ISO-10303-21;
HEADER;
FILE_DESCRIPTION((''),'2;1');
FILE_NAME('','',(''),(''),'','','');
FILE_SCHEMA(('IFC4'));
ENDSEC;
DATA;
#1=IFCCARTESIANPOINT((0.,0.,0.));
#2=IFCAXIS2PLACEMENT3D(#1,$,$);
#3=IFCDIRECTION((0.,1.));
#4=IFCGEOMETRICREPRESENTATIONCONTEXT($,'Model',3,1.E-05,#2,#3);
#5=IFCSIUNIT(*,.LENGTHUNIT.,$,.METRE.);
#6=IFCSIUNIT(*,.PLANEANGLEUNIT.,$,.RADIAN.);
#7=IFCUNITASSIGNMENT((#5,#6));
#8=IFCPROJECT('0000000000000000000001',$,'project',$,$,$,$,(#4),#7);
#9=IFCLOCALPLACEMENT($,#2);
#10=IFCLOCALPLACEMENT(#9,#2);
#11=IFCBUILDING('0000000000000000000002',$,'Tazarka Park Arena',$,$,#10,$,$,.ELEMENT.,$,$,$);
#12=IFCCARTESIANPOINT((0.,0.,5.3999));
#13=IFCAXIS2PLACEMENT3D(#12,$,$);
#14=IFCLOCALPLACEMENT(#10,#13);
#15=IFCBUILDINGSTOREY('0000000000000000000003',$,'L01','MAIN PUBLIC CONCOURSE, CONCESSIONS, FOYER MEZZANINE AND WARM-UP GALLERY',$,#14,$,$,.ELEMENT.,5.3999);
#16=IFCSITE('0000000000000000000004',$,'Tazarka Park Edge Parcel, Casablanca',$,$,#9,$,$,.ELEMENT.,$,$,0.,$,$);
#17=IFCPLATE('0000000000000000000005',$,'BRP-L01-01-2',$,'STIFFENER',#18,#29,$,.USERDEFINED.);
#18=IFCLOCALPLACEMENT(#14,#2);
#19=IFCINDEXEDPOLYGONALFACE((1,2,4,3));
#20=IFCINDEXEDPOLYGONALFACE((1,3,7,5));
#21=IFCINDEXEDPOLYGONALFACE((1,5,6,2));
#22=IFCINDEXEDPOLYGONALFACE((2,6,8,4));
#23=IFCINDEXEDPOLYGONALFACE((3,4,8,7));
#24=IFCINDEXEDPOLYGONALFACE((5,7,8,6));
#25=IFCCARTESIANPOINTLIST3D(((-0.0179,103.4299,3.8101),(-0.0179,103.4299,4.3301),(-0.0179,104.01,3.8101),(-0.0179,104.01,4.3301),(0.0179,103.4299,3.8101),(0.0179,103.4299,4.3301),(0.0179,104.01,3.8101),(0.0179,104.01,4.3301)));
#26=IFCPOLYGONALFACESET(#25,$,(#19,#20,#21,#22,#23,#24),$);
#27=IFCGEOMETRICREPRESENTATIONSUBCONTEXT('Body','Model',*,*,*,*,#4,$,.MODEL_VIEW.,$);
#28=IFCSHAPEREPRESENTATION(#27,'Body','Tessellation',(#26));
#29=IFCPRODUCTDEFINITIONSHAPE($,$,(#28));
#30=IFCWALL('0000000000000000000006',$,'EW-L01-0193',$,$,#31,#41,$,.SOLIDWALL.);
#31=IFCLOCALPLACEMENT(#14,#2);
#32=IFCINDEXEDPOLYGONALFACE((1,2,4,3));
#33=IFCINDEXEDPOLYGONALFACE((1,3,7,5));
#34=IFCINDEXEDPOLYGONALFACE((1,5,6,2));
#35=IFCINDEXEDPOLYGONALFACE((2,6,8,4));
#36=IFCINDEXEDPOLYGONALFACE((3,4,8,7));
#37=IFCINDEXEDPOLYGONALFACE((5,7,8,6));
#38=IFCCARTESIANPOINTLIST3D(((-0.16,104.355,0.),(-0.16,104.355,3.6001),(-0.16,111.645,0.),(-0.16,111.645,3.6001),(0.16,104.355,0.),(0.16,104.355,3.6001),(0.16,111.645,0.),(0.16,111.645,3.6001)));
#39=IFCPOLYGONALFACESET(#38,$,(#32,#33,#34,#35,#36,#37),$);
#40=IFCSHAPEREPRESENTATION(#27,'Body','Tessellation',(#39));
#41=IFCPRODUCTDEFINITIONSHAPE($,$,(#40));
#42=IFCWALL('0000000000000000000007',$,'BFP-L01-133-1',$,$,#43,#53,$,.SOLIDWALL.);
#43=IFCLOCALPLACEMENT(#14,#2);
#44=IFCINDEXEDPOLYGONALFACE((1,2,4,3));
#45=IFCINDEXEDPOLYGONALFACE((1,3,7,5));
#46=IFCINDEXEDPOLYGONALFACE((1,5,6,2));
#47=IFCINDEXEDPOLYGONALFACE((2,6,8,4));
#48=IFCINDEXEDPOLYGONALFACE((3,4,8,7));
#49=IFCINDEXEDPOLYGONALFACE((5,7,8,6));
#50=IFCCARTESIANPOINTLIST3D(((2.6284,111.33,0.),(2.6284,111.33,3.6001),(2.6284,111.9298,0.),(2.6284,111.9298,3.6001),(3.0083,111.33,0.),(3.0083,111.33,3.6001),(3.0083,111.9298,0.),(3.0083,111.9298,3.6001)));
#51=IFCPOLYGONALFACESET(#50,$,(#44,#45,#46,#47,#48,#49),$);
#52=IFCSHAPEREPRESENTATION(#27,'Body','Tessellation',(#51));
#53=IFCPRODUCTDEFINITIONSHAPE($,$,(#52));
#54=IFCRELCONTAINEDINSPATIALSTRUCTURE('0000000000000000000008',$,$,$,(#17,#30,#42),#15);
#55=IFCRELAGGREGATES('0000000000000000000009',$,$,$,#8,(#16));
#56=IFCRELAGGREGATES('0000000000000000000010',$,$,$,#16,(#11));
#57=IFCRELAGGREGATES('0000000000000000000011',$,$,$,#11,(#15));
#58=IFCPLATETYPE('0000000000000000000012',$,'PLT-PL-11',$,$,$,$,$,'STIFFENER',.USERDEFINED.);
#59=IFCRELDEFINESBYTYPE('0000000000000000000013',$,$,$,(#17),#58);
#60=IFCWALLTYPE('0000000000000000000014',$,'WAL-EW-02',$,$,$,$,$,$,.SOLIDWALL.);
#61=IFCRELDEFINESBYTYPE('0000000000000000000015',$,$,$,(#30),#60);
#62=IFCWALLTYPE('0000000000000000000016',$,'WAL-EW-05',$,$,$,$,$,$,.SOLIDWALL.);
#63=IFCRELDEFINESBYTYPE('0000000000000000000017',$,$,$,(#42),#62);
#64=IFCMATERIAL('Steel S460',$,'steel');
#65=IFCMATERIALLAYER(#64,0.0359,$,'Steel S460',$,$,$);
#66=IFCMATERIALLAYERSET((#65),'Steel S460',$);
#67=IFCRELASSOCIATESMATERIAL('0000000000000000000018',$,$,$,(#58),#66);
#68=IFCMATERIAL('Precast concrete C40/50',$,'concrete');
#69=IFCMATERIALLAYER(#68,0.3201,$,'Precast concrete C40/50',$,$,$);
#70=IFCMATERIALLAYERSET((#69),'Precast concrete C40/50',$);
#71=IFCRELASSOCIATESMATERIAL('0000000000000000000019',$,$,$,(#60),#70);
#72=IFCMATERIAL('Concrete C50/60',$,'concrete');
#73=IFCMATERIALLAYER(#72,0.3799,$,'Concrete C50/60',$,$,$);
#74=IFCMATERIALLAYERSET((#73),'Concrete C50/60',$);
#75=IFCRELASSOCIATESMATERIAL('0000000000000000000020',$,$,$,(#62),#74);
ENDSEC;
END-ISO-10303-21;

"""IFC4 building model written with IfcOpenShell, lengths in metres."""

from ifc_helpers import new_model, si_unit, direction, frame, frame_2d, origin, origin_2d, place, context, subcontext, project, spatial, rectangle, extrude, material, layer, layer_set, type_object, element, save


model = new_model("IFC4")

# Units and contexts
model_context = context("Model", 3, precision=1e-05, world=origin(), true_north=direction((0.0, 1.0)))
body_context = subcontext(model_context, "Body", "Model", "MODEL_VIEW")
ifc_project = project(units=[si_unit("LENGTHUNIT", "METRE"), si_unit("PLANEANGLEUNIT", "RADIAN")], contexts=[model_context])

# Site, building, storey
site_placement = place(None, origin())
site = spatial("IfcSite", under=ifc_project, at=site_placement, Name="Tazarka Park Edge Parcel, Casablanca", CompositionType="ELEMENT", RefElevation=0.0)
building_placement = place(site_placement, origin())
building = spatial("IfcBuilding", under=site, at=building_placement, Name="Tazarka Park Arena", CompositionType="ELEMENT")
storey_placement = place(building_placement, frame((0.0, 0.0, 5.3999)))
storey = spatial("IfcBuildingStorey", under=building, at=storey_placement, Name="L01", Description="MAIN PUBLIC CONCOURSE, CONCESSIONS, FOYER MEZZANINE AND WARM-UP GALLERY", CompositionType="ELEMENT", Elevation=5.3999)

# Plate
ifc_material_1 = material(Name="Steel S460", Category="steel")
ifc_layer_1 = layer(ifc_material_1, 0.0359, Name="Steel S460")
ifc_layer_set_1 = layer_set([ifc_layer_1], Name="Steel S460")
plate_type_1 = type_object("IfcPlateType", Name="PLT-PL-11", ElementType="STIFFENER", PredefinedType="USERDEFINED", material=ifc_layer_set_1)
plate_1_placement = place(storey_placement, frame((0.0, 103.72, 3.8101), z_axis=(0.0, 0.0, 1.0), x_axis=(1.0, 0.0, 0.0)))
element("IfcPlate", 1, at=plate_1_placement, inside=storey, type_object=plate_type_1, Name="BRP-L01-01-2", ObjectType="STIFFENER", PredefinedType="USERDEFINED", context=body_context, shape_type="SweptSolid", body=[
    extrude(rectangle(XDim=0.0359, YDim=0.5801, at=origin_2d()), origin(), (0.0, 0.0, 1.0), 0.52),
])

# Walls
ifc_material_2 = material(Name="Precast concrete C40/50", Category="concrete")
ifc_layer_2 = layer(ifc_material_2, 0.3201, Name="Precast concrete C40/50")
ifc_layer_set_2 = layer_set([ifc_layer_2], Name="Precast concrete C40/50")
wall_type_1 = type_object("IfcWallType", Name="WAL-EW-02", PredefinedType="SOLIDWALL", material=ifc_layer_set_2)
wall_1_placement = place(storey_placement, frame((0.0, 104.355, 0.0), z_axis=(0.0, 0.0, 1.0), x_axis=(0.0, 1.0, 0.0)))
element("IfcWall", 2, at=wall_1_placement, inside=storey, type_object=wall_type_1, Name="EW-L01-0193", PredefinedType="SOLIDWALL", context=body_context, shape_type="SweptSolid", body=[
    extrude(rectangle(XDim=7.29, YDim=0.3201, at=frame_2d((3.645, 0.0))), origin(), (0.0, 0.0, 1.0), 3.6001),
])
ifc_material_3 = material(Name="Concrete C50/60", Category="concrete")
ifc_layer_3 = layer(ifc_material_3, 0.3799, Name="Concrete C50/60")
ifc_layer_set_3 = layer_set([ifc_layer_3], Name="Concrete C50/60")
wall_type_2 = type_object("IfcWallType", Name="WAL-EW-05", PredefinedType="SOLIDWALL", material=ifc_layer_set_3)
wall_2_placement = place(storey_placement, frame((2.8184, 111.3301, 0.0), z_axis=(0.0, 0.0, 1.0), x_axis=(0.0, 1.0, 0.0)))
element("IfcWall", 3, at=wall_2_placement, inside=storey, type_object=wall_type_2, Name="BFP-L01-133-1", PredefinedType="SOLIDWALL", context=body_context, shape_type="SweptSolid", body=[
    extrude(rectangle(XDim=0.5999, YDim=0.3799, at=frame_2d((0.2998, 0.0))), origin(), (0.0, 0.0, 1.0), 3.6001),
])

save(model, "model.ifc")
